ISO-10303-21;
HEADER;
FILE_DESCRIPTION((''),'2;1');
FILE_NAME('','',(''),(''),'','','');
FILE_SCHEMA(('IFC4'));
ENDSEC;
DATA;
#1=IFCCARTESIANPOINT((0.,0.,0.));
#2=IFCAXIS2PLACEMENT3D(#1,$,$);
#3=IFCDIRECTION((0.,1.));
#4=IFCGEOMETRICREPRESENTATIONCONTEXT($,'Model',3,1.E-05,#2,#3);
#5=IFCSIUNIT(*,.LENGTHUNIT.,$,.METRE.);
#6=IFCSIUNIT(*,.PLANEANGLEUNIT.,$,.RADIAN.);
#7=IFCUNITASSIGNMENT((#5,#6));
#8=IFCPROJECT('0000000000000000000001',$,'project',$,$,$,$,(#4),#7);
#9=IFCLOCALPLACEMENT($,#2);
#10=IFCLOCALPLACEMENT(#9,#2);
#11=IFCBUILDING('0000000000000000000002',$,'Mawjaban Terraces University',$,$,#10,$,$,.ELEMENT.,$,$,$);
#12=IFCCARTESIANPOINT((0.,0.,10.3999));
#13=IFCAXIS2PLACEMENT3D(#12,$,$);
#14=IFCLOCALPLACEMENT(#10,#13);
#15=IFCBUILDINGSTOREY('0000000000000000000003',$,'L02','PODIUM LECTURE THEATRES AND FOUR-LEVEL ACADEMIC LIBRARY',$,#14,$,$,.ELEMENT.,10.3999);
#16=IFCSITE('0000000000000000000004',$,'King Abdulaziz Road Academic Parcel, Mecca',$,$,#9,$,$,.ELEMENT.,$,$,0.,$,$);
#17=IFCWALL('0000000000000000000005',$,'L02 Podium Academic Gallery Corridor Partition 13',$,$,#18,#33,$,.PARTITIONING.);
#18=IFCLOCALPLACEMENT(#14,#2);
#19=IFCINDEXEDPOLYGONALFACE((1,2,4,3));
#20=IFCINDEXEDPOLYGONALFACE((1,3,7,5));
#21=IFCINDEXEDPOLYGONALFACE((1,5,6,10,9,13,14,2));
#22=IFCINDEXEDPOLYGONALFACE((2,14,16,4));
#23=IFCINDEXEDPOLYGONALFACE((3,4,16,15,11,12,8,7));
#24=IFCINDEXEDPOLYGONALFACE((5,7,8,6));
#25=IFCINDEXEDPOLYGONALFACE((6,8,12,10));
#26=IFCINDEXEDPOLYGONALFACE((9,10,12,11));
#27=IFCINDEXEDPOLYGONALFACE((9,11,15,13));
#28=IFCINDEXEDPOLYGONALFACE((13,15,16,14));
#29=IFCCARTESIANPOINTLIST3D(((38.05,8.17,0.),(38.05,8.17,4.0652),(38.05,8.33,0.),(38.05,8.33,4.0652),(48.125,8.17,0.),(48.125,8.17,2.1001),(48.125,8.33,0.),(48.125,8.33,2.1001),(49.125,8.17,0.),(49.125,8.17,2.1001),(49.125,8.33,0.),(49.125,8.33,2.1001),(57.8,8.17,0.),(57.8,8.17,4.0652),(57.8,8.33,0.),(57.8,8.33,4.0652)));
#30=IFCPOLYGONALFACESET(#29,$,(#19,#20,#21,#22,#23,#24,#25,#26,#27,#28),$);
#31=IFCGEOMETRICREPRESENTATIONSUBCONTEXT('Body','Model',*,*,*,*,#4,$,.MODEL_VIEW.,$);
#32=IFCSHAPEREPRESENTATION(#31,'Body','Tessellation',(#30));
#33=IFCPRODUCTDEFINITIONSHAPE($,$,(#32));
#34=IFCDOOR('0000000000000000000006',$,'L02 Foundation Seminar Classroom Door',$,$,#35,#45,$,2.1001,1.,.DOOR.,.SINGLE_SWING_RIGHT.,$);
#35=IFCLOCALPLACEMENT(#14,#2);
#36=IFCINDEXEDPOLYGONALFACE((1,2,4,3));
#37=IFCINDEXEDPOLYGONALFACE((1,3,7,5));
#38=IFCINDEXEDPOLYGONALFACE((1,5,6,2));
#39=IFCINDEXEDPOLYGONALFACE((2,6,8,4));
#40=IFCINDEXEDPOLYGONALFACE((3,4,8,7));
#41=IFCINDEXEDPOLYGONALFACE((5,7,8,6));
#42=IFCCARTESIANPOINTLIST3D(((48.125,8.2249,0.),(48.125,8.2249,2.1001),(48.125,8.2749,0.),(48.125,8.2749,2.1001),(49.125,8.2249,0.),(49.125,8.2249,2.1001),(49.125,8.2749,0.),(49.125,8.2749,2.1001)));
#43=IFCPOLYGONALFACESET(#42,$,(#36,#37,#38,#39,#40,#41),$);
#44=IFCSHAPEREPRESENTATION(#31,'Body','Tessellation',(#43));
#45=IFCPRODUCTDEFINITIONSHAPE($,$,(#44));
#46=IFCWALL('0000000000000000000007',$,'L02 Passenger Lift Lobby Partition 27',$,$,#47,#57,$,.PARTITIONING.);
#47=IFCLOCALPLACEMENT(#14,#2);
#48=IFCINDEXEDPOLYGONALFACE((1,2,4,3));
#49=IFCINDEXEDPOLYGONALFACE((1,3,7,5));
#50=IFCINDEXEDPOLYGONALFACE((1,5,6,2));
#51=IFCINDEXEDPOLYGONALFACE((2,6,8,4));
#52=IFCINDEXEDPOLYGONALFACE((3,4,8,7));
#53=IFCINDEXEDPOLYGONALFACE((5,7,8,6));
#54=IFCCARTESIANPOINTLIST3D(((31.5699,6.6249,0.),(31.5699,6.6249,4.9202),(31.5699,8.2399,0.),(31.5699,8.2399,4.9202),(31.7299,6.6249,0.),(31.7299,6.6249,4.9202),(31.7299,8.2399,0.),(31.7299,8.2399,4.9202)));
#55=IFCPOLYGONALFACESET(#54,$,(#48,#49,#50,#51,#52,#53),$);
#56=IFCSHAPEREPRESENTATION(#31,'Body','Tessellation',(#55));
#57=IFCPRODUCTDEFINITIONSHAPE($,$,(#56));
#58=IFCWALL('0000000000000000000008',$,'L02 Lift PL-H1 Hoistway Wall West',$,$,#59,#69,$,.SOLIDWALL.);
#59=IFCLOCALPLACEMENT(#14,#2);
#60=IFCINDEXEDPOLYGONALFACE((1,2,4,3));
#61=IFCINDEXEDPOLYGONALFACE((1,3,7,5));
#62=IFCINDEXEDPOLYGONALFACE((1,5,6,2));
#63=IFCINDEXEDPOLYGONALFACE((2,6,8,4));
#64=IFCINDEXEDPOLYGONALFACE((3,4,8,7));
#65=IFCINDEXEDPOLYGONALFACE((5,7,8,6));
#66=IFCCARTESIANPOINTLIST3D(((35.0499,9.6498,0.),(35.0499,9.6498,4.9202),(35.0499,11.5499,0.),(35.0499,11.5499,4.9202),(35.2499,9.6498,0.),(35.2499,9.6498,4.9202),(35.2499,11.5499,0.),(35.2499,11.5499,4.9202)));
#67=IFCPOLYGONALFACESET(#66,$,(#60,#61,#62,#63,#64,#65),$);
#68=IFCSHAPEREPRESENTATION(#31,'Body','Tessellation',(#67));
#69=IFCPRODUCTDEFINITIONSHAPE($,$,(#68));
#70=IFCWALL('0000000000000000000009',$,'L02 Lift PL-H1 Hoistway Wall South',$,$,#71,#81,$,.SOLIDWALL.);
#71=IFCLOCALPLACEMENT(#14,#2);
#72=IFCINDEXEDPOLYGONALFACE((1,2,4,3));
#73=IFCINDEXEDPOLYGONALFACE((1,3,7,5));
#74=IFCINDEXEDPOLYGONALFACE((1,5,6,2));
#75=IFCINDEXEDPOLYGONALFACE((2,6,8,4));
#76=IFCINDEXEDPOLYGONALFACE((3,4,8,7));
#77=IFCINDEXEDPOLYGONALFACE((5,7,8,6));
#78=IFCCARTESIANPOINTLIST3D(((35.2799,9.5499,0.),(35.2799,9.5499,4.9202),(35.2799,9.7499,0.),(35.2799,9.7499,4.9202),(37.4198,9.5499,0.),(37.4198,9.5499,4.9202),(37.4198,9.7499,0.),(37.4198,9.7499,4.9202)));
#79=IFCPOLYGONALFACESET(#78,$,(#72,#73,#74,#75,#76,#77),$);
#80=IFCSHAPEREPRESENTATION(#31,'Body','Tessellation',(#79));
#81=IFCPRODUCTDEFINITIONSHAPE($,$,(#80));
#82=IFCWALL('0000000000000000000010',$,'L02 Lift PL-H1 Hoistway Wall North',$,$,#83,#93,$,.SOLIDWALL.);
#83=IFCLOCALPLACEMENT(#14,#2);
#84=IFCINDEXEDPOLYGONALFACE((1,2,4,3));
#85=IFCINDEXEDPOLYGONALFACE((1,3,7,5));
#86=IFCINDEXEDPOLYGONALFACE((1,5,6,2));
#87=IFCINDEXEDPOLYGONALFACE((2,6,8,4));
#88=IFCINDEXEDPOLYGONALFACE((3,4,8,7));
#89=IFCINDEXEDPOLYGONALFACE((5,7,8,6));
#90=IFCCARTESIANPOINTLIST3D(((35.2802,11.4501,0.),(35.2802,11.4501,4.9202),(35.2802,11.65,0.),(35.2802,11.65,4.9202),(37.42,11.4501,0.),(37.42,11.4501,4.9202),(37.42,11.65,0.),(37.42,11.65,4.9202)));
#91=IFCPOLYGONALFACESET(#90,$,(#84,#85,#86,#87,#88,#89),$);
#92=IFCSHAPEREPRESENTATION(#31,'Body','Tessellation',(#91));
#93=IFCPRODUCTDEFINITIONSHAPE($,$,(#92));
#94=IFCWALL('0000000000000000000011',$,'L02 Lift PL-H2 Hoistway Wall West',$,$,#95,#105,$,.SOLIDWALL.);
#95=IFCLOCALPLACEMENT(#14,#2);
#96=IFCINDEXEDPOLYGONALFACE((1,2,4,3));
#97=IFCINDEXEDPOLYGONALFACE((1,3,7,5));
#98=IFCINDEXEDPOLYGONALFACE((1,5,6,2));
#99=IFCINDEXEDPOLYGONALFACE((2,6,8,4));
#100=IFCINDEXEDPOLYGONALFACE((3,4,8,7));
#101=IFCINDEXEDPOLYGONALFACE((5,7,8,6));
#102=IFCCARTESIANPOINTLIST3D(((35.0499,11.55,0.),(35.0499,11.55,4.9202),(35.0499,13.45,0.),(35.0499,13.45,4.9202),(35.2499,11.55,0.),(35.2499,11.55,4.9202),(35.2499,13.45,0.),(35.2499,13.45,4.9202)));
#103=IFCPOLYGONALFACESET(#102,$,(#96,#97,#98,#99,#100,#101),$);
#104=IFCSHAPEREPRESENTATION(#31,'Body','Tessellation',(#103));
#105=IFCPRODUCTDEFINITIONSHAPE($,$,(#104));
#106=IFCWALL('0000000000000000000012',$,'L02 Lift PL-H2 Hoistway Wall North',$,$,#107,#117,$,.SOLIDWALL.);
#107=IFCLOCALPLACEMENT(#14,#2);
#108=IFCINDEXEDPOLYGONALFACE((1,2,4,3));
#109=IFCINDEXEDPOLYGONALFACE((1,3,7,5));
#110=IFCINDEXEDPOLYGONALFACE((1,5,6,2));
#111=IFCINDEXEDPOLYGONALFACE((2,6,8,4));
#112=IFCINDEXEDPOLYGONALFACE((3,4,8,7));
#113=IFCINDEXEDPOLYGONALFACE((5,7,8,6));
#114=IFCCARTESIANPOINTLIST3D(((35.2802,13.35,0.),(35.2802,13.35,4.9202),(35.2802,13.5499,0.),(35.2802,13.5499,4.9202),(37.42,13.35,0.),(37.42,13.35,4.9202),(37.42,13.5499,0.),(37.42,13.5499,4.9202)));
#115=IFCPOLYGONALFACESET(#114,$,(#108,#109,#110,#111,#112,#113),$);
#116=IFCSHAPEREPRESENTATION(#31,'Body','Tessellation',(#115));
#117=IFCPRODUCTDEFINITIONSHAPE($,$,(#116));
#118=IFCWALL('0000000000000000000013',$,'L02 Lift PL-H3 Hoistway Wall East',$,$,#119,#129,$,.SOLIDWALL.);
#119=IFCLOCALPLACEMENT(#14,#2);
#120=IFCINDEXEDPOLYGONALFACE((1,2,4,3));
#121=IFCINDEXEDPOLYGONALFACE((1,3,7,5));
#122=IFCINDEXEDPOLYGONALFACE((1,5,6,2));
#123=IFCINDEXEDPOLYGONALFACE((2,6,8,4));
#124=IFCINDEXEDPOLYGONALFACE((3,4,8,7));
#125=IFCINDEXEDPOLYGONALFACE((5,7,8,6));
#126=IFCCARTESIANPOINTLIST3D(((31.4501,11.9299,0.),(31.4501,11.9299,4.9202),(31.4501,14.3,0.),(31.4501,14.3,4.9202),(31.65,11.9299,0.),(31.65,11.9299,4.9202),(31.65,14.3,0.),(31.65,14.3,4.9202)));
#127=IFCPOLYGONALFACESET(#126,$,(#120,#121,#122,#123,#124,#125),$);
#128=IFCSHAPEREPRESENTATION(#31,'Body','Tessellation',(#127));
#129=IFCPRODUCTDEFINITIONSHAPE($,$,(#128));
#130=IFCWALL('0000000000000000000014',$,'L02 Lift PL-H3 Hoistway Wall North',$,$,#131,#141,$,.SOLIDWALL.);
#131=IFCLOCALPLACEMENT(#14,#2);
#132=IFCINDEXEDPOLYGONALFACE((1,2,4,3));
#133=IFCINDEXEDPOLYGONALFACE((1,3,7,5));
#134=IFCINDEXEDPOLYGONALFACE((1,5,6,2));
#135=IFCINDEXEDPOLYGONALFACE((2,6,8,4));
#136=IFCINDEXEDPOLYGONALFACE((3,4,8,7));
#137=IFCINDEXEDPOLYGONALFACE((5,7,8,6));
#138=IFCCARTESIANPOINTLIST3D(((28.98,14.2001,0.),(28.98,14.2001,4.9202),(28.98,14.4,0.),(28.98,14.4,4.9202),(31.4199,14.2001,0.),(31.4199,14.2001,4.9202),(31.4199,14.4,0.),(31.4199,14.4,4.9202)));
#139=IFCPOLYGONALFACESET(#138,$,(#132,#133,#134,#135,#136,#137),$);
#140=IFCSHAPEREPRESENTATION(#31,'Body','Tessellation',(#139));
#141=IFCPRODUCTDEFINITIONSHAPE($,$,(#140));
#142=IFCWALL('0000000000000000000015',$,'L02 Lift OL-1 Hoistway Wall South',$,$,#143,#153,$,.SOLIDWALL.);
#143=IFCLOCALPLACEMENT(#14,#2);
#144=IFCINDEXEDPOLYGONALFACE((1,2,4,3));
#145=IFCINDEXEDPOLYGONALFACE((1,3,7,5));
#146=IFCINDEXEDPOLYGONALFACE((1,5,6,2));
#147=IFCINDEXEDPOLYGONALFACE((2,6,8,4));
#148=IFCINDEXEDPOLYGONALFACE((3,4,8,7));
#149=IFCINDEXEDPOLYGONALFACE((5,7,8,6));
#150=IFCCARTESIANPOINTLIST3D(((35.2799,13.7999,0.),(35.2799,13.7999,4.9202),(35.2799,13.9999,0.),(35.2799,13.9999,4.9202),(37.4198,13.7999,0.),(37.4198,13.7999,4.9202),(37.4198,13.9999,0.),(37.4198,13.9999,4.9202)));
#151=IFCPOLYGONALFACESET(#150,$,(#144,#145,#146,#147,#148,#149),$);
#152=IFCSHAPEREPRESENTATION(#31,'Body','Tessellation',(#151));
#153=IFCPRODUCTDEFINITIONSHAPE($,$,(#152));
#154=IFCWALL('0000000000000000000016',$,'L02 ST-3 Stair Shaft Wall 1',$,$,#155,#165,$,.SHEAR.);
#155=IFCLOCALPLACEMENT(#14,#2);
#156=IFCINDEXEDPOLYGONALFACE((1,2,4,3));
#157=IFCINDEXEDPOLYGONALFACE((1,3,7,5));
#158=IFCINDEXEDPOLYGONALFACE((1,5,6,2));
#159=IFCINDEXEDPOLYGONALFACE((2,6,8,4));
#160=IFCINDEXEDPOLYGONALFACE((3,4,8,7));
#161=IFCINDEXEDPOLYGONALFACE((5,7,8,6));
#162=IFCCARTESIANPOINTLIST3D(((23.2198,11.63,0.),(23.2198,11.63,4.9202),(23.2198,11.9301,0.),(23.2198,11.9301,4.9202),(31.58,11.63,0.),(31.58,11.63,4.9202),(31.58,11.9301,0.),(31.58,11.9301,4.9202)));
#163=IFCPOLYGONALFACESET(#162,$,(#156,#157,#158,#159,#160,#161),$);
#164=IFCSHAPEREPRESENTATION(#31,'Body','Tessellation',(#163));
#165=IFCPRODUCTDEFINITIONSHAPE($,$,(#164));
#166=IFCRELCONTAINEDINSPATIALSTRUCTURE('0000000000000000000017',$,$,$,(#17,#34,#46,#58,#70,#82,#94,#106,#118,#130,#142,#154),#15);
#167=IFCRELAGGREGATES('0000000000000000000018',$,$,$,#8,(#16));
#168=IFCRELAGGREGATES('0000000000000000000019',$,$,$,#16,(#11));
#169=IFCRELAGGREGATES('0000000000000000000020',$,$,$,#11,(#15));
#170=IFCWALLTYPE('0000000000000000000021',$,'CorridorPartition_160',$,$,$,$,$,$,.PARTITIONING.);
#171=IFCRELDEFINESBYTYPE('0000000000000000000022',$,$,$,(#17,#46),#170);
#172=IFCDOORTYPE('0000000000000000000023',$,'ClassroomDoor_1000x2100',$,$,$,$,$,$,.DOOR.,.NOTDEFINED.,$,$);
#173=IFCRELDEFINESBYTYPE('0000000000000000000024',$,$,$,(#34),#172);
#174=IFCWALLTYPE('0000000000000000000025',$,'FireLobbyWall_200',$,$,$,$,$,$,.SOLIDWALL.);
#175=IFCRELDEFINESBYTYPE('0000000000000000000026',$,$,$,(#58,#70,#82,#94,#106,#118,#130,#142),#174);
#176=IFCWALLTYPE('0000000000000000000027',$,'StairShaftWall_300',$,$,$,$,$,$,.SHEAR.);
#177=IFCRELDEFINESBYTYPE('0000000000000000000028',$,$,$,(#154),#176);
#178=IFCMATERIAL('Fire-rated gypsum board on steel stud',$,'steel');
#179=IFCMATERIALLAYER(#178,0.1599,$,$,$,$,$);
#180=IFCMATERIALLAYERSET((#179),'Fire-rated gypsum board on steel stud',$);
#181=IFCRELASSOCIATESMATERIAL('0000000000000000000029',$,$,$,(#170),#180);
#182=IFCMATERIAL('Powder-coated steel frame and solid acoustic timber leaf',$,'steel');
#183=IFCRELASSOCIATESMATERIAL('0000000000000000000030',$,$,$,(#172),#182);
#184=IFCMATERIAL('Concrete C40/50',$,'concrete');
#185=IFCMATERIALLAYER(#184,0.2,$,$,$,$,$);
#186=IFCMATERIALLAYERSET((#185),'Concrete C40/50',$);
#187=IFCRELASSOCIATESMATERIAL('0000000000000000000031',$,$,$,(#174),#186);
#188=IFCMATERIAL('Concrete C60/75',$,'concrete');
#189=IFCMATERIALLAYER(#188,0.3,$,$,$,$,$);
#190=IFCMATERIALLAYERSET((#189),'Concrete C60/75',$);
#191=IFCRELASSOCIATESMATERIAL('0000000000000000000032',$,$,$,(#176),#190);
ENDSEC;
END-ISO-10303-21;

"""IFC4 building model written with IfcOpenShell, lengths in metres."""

from ifc_helpers import new_model, si_unit, direction, frame, frame_2d, origin, place, context, subcontext, project, spatial, rectangle, extrude, material, layer, layer_set, type_object, element, fill, save


model = new_model("IFC4")

# Units and contexts
model_context = context("Model", 3, precision=1e-05, world=origin(), true_north=direction((0.0, 1.0)))
body_context = subcontext(model_context, "Body", "Model", "MODEL_VIEW")
ifc_project = project(units=[si_unit("LENGTHUNIT", "METRE"), si_unit("PLANEANGLEUNIT", "RADIAN")], contexts=[model_context])

# Site, building, storey
site_placement = place(None, origin())
site = spatial("IfcSite", under=ifc_project, at=site_placement, Name="King Abdulaziz Road Academic Parcel, Mecca", CompositionType="ELEMENT", RefElevation=0.0)
building_placement = place(site_placement, origin())
building = spatial("IfcBuilding", under=site, at=building_placement, Name="Mawjaban Terraces University", CompositionType="ELEMENT")
storey_placement = place(building_placement, frame((0.0, 0.0, 10.3999)))
storey = spatial("IfcBuildingStorey", under=building, at=storey_placement, Name="L02", Description="PODIUM LECTURE THEATRES AND FOUR-LEVEL ACADEMIC LIBRARY", CompositionType="ELEMENT", Elevation=10.3999)

# Wall, opening, door
ifc_material_1 = material(Name="Fire-rated gypsum board on steel stud", Category="steel")
ifc_layer_1 = layer(ifc_material_1, 0.1599)
ifc_layer_set_1 = layer_set([ifc_layer_1], Name="Fire-rated gypsum board on steel stud")
wall_type_1 = type_object("IfcWallType", Name="CorridorPartition_160", PredefinedType="PARTITIONING", material=ifc_layer_set_1)
wall_1_placement = place(storey_placement, frame((38.05, 8.25, 0.0), z_axis=(0.0, 0.0, 1.0), x_axis=(1.0, 0.0, 0.0)))
wall_1 = element("IfcWall", 1, at=wall_1_placement, inside=storey, type_object=wall_type_1, Name="L02 Podium Academic Gallery Corridor Partition 13", PredefinedType="PARTITIONING", context=body_context, shape_type="SweptSolid", body=[
    extrude(rectangle(XDim=19.75, YDim=0.1599, at=frame_2d((9.875, 0.0))), origin(), (0.0, 0.0, 1.0), 4.0652),
])
opening_1_placement = place(wall_1_placement, frame((10.075, 0.0, 0.0)))
opening_1 = element("IfcOpeningElement", 2, at=opening_1_placement, cuts=wall_1, PredefinedType="OPENING", context=body_context, shape_type="SweptSolid", body=[
    extrude(rectangle(XDim=1.0, YDim=2.1001, at=frame_2d((0.5, 1.05))), frame((0.0, 0.0898, 0.0), z_axis=(0.0, -1.0, 0.0), x_axis=(1.0, 0.0, 0.0)), (0.0, 0.0, 1.0), 0.1799),
])
ifc_material_2 = material(Name="Powder-coated steel frame and solid acoustic timber leaf", Category="steel")
door_type_1 = type_object("IfcDoorType", Name="ClassroomDoor_1000x2100", OperationType="NOTDEFINED", PredefinedType="DOOR", material=ifc_material_2)
door_1_placement = place(opening_1_placement, origin())
door_1 = element("IfcDoor", 3, at=door_1_placement, inside=storey, type_object=door_type_1, Name="L02 Foundation Seminar Classroom Door", OperationType="SINGLE_SWING_RIGHT", OverallHeight=2.1001, OverallWidth=1.0, PredefinedType="DOOR", context=body_context, shape_type="SweptSolid", body=[
    extrude(rectangle(XDim=1.0, YDim=2.1001, at=frame_2d((0.5, 1.05))), frame((0.0, 0.0249, 0.0), z_axis=(0.0, -1.0, 0.0), x_axis=(1.0, 0.0, 0.0)), (0.0, 0.0, 1.0), 0.05),
])
fill(opening_1, door_1)

# Walls
wall_2_placement = place(storey_placement, frame((31.6499, 8.24, 0.0), z_axis=(0.0, 0.0, 1.0), x_axis=(0.0, -1.0, 0.0)))
element("IfcWall", 4, at=wall_2_placement, inside=storey, type_object=wall_type_1, Name="L02 Passenger Lift Lobby Partition 27", PredefinedType="PARTITIONING", context=body_context, shape_type="SweptSolid", body=[
    extrude(rectangle(XDim=1.615, YDim=0.1599, at=frame_2d((0.8076, 0.0))), origin(), (0.0, 0.0, 1.0), 4.9202),
])
ifc_material_3 = material(Name="Concrete C40/50", Category="concrete")
ifc_layer_2 = layer(ifc_material_3, 0.2)
ifc_layer_set_2 = layer_set([ifc_layer_2], Name="Concrete C40/50")
wall_type_2 = type_object("IfcWallType", Name="FireLobbyWall_200", PredefinedType="SOLIDWALL", material=ifc_layer_set_2)
wall_3_placement = place(storey_placement, frame((35.1499, 11.55, 0.0), z_axis=(0.0, 0.0, 1.0), x_axis=(0.0, -1.0, 0.0)))
element("IfcWall", 5, at=wall_3_placement, inside=storey, type_object=wall_type_2, Name="L02 Lift PL-H1 Hoistway Wall West", PredefinedType="SOLIDWALL", context=body_context, shape_type="SweptSolid", body=[
    extrude(rectangle(XDim=1.9001, YDim=0.2, at=frame_2d((0.9502, 0.0))), origin(), (0.0, 0.0, 1.0), 4.9202),
])
for number, where, z_axis, x_axis, name in (
    (6, (35.28, 9.6499, 0.0), (0.0, 0.0, 1.0), (1.0, 0.0, 0.0), "L02 Lift PL-H1 Hoistway Wall South"),
    (7, (37.4199, 11.55, 0.0), (0.0, 0.0, 1.0), (-1.0, 0.0, 0.0), "L02 Lift PL-H1 Hoistway Wall North"),
):
    element("IfcWall", number, at=place(storey_placement, frame(where, z_axis=z_axis, x_axis=x_axis)), inside=storey, type_object=wall_type_2, Name=name, PredefinedType="SOLIDWALL", context=body_context, shape_type="SweptSolid", body=[
        extrude(rectangle(XDim=2.1399, YDim=0.2, at=frame_2d((1.0698, 0.0))), origin(), (0.0, 0.0, 1.0), 4.9202),
    ])
wall_4_placement = place(storey_placement, frame((35.1499, 13.45, 0.0), z_axis=(0.0, 0.0, 1.0), x_axis=(0.0, -1.0, 0.0)))
element("IfcWall", 8, at=wall_4_placement, inside=storey, type_object=wall_type_2, Name="L02 Lift PL-H2 Hoistway Wall West", PredefinedType="SOLIDWALL", context=body_context, shape_type="SweptSolid", body=[
    extrude(rectangle(XDim=1.8999, YDim=0.2, at=frame_2d((0.95, 0.0))), origin(), (0.0, 0.0, 1.0), 4.9202),
])
wall_5_placement = place(storey_placement, frame((37.4199, 13.45, 0.0), z_axis=(0.0, 0.0, 1.0), x_axis=(-1.0, 0.0, 0.0)))
element("IfcWall", 9, at=wall_5_placement, inside=storey, type_object=wall_type_2, Name="L02 Lift PL-H2 Hoistway Wall North", PredefinedType="SOLIDWALL", context=body_context, shape_type="SweptSolid", body=[
    extrude(rectangle(XDim=2.1399, YDim=0.2, at=frame_2d((1.0698, 0.0))), origin(), (0.0, 0.0, 1.0), 4.9202),
])
wall_6_placement = place(storey_placement, frame((31.55, 11.9299, 0.0), z_axis=(0.0, 0.0, 1.0), x_axis=(0.0, 1.0, 0.0)))
element("IfcWall", 10, at=wall_6_placement, inside=storey, type_object=wall_type_2, Name="L02 Lift PL-H3 Hoistway Wall East", PredefinedType="SOLIDWALL", context=body_context, shape_type="SweptSolid", body=[
    extrude(rectangle(XDim=2.3701, YDim=0.2, at=frame_2d((1.1851, 0.0))), origin(), (0.0, 0.0, 1.0), 4.9202),
])
wall_7_placement = place(storey_placement, frame((31.4199, 14.3, 0.0), z_axis=(0.0, 0.0, 1.0), x_axis=(-1.0, 0.0, 0.0)))
element("IfcWall", 11, at=wall_7_placement, inside=storey, type_object=wall_type_2, Name="L02 Lift PL-H3 Hoistway Wall North", PredefinedType="SOLIDWALL", context=body_context, shape_type="SweptSolid", body=[
    extrude(rectangle(XDim=2.4399, YDim=0.2, at=frame_2d((1.22, 0.0))), origin(), (0.0, 0.0, 1.0), 4.9202),
])
wall_8_placement = place(storey_placement, frame((35.28, 13.8999, 0.0), z_axis=(0.0, 0.0, 1.0), x_axis=(1.0, 0.0, 0.0)))
element("IfcWall", 12, at=wall_8_placement, inside=storey, type_object=wall_type_2, Name="L02 Lift OL-1 Hoistway Wall South", PredefinedType="SOLIDWALL", context=body_context, shape_type="SweptSolid", body=[
    extrude(rectangle(XDim=2.1399, YDim=0.2, at=frame_2d((1.0698, 0.0))), origin(), (0.0, 0.0, 1.0), 4.9202),
])

# Shared definitions
ifc_material_4 = material(Name="Concrete C60/75", Category="concrete")
ifc_layer_3 = layer(ifc_material_4, 0.3)
ifc_layer_set_3 = layer_set([ifc_layer_3], Name="Concrete C60/75")
wall_type_3 = type_object("IfcWallType", Name="StairShaftWall_300", PredefinedType="SHEAR", material=ifc_layer_set_3)

# Wall
wall_9_placement = place(storey_placement, frame((31.5801, 11.78, 0.0), z_axis=(0.0, 0.0, 1.0), x_axis=(-1.0, 0.0, 0.0)))
element("IfcWall", 13, at=wall_9_placement, inside=storey, type_object=wall_type_3, Name="L02 ST-3 Stair Shaft Wall 1", PredefinedType="SHEAR", context=body_context, shape_type="SweptSolid", body=[
    extrude(rectangle(XDim=8.3601, YDim=0.3, at=frame_2d((4.1802, 0.0))), origin(), (0.0, 0.0, 1.0), 4.9202),
])

save(model, "model.ifc")
